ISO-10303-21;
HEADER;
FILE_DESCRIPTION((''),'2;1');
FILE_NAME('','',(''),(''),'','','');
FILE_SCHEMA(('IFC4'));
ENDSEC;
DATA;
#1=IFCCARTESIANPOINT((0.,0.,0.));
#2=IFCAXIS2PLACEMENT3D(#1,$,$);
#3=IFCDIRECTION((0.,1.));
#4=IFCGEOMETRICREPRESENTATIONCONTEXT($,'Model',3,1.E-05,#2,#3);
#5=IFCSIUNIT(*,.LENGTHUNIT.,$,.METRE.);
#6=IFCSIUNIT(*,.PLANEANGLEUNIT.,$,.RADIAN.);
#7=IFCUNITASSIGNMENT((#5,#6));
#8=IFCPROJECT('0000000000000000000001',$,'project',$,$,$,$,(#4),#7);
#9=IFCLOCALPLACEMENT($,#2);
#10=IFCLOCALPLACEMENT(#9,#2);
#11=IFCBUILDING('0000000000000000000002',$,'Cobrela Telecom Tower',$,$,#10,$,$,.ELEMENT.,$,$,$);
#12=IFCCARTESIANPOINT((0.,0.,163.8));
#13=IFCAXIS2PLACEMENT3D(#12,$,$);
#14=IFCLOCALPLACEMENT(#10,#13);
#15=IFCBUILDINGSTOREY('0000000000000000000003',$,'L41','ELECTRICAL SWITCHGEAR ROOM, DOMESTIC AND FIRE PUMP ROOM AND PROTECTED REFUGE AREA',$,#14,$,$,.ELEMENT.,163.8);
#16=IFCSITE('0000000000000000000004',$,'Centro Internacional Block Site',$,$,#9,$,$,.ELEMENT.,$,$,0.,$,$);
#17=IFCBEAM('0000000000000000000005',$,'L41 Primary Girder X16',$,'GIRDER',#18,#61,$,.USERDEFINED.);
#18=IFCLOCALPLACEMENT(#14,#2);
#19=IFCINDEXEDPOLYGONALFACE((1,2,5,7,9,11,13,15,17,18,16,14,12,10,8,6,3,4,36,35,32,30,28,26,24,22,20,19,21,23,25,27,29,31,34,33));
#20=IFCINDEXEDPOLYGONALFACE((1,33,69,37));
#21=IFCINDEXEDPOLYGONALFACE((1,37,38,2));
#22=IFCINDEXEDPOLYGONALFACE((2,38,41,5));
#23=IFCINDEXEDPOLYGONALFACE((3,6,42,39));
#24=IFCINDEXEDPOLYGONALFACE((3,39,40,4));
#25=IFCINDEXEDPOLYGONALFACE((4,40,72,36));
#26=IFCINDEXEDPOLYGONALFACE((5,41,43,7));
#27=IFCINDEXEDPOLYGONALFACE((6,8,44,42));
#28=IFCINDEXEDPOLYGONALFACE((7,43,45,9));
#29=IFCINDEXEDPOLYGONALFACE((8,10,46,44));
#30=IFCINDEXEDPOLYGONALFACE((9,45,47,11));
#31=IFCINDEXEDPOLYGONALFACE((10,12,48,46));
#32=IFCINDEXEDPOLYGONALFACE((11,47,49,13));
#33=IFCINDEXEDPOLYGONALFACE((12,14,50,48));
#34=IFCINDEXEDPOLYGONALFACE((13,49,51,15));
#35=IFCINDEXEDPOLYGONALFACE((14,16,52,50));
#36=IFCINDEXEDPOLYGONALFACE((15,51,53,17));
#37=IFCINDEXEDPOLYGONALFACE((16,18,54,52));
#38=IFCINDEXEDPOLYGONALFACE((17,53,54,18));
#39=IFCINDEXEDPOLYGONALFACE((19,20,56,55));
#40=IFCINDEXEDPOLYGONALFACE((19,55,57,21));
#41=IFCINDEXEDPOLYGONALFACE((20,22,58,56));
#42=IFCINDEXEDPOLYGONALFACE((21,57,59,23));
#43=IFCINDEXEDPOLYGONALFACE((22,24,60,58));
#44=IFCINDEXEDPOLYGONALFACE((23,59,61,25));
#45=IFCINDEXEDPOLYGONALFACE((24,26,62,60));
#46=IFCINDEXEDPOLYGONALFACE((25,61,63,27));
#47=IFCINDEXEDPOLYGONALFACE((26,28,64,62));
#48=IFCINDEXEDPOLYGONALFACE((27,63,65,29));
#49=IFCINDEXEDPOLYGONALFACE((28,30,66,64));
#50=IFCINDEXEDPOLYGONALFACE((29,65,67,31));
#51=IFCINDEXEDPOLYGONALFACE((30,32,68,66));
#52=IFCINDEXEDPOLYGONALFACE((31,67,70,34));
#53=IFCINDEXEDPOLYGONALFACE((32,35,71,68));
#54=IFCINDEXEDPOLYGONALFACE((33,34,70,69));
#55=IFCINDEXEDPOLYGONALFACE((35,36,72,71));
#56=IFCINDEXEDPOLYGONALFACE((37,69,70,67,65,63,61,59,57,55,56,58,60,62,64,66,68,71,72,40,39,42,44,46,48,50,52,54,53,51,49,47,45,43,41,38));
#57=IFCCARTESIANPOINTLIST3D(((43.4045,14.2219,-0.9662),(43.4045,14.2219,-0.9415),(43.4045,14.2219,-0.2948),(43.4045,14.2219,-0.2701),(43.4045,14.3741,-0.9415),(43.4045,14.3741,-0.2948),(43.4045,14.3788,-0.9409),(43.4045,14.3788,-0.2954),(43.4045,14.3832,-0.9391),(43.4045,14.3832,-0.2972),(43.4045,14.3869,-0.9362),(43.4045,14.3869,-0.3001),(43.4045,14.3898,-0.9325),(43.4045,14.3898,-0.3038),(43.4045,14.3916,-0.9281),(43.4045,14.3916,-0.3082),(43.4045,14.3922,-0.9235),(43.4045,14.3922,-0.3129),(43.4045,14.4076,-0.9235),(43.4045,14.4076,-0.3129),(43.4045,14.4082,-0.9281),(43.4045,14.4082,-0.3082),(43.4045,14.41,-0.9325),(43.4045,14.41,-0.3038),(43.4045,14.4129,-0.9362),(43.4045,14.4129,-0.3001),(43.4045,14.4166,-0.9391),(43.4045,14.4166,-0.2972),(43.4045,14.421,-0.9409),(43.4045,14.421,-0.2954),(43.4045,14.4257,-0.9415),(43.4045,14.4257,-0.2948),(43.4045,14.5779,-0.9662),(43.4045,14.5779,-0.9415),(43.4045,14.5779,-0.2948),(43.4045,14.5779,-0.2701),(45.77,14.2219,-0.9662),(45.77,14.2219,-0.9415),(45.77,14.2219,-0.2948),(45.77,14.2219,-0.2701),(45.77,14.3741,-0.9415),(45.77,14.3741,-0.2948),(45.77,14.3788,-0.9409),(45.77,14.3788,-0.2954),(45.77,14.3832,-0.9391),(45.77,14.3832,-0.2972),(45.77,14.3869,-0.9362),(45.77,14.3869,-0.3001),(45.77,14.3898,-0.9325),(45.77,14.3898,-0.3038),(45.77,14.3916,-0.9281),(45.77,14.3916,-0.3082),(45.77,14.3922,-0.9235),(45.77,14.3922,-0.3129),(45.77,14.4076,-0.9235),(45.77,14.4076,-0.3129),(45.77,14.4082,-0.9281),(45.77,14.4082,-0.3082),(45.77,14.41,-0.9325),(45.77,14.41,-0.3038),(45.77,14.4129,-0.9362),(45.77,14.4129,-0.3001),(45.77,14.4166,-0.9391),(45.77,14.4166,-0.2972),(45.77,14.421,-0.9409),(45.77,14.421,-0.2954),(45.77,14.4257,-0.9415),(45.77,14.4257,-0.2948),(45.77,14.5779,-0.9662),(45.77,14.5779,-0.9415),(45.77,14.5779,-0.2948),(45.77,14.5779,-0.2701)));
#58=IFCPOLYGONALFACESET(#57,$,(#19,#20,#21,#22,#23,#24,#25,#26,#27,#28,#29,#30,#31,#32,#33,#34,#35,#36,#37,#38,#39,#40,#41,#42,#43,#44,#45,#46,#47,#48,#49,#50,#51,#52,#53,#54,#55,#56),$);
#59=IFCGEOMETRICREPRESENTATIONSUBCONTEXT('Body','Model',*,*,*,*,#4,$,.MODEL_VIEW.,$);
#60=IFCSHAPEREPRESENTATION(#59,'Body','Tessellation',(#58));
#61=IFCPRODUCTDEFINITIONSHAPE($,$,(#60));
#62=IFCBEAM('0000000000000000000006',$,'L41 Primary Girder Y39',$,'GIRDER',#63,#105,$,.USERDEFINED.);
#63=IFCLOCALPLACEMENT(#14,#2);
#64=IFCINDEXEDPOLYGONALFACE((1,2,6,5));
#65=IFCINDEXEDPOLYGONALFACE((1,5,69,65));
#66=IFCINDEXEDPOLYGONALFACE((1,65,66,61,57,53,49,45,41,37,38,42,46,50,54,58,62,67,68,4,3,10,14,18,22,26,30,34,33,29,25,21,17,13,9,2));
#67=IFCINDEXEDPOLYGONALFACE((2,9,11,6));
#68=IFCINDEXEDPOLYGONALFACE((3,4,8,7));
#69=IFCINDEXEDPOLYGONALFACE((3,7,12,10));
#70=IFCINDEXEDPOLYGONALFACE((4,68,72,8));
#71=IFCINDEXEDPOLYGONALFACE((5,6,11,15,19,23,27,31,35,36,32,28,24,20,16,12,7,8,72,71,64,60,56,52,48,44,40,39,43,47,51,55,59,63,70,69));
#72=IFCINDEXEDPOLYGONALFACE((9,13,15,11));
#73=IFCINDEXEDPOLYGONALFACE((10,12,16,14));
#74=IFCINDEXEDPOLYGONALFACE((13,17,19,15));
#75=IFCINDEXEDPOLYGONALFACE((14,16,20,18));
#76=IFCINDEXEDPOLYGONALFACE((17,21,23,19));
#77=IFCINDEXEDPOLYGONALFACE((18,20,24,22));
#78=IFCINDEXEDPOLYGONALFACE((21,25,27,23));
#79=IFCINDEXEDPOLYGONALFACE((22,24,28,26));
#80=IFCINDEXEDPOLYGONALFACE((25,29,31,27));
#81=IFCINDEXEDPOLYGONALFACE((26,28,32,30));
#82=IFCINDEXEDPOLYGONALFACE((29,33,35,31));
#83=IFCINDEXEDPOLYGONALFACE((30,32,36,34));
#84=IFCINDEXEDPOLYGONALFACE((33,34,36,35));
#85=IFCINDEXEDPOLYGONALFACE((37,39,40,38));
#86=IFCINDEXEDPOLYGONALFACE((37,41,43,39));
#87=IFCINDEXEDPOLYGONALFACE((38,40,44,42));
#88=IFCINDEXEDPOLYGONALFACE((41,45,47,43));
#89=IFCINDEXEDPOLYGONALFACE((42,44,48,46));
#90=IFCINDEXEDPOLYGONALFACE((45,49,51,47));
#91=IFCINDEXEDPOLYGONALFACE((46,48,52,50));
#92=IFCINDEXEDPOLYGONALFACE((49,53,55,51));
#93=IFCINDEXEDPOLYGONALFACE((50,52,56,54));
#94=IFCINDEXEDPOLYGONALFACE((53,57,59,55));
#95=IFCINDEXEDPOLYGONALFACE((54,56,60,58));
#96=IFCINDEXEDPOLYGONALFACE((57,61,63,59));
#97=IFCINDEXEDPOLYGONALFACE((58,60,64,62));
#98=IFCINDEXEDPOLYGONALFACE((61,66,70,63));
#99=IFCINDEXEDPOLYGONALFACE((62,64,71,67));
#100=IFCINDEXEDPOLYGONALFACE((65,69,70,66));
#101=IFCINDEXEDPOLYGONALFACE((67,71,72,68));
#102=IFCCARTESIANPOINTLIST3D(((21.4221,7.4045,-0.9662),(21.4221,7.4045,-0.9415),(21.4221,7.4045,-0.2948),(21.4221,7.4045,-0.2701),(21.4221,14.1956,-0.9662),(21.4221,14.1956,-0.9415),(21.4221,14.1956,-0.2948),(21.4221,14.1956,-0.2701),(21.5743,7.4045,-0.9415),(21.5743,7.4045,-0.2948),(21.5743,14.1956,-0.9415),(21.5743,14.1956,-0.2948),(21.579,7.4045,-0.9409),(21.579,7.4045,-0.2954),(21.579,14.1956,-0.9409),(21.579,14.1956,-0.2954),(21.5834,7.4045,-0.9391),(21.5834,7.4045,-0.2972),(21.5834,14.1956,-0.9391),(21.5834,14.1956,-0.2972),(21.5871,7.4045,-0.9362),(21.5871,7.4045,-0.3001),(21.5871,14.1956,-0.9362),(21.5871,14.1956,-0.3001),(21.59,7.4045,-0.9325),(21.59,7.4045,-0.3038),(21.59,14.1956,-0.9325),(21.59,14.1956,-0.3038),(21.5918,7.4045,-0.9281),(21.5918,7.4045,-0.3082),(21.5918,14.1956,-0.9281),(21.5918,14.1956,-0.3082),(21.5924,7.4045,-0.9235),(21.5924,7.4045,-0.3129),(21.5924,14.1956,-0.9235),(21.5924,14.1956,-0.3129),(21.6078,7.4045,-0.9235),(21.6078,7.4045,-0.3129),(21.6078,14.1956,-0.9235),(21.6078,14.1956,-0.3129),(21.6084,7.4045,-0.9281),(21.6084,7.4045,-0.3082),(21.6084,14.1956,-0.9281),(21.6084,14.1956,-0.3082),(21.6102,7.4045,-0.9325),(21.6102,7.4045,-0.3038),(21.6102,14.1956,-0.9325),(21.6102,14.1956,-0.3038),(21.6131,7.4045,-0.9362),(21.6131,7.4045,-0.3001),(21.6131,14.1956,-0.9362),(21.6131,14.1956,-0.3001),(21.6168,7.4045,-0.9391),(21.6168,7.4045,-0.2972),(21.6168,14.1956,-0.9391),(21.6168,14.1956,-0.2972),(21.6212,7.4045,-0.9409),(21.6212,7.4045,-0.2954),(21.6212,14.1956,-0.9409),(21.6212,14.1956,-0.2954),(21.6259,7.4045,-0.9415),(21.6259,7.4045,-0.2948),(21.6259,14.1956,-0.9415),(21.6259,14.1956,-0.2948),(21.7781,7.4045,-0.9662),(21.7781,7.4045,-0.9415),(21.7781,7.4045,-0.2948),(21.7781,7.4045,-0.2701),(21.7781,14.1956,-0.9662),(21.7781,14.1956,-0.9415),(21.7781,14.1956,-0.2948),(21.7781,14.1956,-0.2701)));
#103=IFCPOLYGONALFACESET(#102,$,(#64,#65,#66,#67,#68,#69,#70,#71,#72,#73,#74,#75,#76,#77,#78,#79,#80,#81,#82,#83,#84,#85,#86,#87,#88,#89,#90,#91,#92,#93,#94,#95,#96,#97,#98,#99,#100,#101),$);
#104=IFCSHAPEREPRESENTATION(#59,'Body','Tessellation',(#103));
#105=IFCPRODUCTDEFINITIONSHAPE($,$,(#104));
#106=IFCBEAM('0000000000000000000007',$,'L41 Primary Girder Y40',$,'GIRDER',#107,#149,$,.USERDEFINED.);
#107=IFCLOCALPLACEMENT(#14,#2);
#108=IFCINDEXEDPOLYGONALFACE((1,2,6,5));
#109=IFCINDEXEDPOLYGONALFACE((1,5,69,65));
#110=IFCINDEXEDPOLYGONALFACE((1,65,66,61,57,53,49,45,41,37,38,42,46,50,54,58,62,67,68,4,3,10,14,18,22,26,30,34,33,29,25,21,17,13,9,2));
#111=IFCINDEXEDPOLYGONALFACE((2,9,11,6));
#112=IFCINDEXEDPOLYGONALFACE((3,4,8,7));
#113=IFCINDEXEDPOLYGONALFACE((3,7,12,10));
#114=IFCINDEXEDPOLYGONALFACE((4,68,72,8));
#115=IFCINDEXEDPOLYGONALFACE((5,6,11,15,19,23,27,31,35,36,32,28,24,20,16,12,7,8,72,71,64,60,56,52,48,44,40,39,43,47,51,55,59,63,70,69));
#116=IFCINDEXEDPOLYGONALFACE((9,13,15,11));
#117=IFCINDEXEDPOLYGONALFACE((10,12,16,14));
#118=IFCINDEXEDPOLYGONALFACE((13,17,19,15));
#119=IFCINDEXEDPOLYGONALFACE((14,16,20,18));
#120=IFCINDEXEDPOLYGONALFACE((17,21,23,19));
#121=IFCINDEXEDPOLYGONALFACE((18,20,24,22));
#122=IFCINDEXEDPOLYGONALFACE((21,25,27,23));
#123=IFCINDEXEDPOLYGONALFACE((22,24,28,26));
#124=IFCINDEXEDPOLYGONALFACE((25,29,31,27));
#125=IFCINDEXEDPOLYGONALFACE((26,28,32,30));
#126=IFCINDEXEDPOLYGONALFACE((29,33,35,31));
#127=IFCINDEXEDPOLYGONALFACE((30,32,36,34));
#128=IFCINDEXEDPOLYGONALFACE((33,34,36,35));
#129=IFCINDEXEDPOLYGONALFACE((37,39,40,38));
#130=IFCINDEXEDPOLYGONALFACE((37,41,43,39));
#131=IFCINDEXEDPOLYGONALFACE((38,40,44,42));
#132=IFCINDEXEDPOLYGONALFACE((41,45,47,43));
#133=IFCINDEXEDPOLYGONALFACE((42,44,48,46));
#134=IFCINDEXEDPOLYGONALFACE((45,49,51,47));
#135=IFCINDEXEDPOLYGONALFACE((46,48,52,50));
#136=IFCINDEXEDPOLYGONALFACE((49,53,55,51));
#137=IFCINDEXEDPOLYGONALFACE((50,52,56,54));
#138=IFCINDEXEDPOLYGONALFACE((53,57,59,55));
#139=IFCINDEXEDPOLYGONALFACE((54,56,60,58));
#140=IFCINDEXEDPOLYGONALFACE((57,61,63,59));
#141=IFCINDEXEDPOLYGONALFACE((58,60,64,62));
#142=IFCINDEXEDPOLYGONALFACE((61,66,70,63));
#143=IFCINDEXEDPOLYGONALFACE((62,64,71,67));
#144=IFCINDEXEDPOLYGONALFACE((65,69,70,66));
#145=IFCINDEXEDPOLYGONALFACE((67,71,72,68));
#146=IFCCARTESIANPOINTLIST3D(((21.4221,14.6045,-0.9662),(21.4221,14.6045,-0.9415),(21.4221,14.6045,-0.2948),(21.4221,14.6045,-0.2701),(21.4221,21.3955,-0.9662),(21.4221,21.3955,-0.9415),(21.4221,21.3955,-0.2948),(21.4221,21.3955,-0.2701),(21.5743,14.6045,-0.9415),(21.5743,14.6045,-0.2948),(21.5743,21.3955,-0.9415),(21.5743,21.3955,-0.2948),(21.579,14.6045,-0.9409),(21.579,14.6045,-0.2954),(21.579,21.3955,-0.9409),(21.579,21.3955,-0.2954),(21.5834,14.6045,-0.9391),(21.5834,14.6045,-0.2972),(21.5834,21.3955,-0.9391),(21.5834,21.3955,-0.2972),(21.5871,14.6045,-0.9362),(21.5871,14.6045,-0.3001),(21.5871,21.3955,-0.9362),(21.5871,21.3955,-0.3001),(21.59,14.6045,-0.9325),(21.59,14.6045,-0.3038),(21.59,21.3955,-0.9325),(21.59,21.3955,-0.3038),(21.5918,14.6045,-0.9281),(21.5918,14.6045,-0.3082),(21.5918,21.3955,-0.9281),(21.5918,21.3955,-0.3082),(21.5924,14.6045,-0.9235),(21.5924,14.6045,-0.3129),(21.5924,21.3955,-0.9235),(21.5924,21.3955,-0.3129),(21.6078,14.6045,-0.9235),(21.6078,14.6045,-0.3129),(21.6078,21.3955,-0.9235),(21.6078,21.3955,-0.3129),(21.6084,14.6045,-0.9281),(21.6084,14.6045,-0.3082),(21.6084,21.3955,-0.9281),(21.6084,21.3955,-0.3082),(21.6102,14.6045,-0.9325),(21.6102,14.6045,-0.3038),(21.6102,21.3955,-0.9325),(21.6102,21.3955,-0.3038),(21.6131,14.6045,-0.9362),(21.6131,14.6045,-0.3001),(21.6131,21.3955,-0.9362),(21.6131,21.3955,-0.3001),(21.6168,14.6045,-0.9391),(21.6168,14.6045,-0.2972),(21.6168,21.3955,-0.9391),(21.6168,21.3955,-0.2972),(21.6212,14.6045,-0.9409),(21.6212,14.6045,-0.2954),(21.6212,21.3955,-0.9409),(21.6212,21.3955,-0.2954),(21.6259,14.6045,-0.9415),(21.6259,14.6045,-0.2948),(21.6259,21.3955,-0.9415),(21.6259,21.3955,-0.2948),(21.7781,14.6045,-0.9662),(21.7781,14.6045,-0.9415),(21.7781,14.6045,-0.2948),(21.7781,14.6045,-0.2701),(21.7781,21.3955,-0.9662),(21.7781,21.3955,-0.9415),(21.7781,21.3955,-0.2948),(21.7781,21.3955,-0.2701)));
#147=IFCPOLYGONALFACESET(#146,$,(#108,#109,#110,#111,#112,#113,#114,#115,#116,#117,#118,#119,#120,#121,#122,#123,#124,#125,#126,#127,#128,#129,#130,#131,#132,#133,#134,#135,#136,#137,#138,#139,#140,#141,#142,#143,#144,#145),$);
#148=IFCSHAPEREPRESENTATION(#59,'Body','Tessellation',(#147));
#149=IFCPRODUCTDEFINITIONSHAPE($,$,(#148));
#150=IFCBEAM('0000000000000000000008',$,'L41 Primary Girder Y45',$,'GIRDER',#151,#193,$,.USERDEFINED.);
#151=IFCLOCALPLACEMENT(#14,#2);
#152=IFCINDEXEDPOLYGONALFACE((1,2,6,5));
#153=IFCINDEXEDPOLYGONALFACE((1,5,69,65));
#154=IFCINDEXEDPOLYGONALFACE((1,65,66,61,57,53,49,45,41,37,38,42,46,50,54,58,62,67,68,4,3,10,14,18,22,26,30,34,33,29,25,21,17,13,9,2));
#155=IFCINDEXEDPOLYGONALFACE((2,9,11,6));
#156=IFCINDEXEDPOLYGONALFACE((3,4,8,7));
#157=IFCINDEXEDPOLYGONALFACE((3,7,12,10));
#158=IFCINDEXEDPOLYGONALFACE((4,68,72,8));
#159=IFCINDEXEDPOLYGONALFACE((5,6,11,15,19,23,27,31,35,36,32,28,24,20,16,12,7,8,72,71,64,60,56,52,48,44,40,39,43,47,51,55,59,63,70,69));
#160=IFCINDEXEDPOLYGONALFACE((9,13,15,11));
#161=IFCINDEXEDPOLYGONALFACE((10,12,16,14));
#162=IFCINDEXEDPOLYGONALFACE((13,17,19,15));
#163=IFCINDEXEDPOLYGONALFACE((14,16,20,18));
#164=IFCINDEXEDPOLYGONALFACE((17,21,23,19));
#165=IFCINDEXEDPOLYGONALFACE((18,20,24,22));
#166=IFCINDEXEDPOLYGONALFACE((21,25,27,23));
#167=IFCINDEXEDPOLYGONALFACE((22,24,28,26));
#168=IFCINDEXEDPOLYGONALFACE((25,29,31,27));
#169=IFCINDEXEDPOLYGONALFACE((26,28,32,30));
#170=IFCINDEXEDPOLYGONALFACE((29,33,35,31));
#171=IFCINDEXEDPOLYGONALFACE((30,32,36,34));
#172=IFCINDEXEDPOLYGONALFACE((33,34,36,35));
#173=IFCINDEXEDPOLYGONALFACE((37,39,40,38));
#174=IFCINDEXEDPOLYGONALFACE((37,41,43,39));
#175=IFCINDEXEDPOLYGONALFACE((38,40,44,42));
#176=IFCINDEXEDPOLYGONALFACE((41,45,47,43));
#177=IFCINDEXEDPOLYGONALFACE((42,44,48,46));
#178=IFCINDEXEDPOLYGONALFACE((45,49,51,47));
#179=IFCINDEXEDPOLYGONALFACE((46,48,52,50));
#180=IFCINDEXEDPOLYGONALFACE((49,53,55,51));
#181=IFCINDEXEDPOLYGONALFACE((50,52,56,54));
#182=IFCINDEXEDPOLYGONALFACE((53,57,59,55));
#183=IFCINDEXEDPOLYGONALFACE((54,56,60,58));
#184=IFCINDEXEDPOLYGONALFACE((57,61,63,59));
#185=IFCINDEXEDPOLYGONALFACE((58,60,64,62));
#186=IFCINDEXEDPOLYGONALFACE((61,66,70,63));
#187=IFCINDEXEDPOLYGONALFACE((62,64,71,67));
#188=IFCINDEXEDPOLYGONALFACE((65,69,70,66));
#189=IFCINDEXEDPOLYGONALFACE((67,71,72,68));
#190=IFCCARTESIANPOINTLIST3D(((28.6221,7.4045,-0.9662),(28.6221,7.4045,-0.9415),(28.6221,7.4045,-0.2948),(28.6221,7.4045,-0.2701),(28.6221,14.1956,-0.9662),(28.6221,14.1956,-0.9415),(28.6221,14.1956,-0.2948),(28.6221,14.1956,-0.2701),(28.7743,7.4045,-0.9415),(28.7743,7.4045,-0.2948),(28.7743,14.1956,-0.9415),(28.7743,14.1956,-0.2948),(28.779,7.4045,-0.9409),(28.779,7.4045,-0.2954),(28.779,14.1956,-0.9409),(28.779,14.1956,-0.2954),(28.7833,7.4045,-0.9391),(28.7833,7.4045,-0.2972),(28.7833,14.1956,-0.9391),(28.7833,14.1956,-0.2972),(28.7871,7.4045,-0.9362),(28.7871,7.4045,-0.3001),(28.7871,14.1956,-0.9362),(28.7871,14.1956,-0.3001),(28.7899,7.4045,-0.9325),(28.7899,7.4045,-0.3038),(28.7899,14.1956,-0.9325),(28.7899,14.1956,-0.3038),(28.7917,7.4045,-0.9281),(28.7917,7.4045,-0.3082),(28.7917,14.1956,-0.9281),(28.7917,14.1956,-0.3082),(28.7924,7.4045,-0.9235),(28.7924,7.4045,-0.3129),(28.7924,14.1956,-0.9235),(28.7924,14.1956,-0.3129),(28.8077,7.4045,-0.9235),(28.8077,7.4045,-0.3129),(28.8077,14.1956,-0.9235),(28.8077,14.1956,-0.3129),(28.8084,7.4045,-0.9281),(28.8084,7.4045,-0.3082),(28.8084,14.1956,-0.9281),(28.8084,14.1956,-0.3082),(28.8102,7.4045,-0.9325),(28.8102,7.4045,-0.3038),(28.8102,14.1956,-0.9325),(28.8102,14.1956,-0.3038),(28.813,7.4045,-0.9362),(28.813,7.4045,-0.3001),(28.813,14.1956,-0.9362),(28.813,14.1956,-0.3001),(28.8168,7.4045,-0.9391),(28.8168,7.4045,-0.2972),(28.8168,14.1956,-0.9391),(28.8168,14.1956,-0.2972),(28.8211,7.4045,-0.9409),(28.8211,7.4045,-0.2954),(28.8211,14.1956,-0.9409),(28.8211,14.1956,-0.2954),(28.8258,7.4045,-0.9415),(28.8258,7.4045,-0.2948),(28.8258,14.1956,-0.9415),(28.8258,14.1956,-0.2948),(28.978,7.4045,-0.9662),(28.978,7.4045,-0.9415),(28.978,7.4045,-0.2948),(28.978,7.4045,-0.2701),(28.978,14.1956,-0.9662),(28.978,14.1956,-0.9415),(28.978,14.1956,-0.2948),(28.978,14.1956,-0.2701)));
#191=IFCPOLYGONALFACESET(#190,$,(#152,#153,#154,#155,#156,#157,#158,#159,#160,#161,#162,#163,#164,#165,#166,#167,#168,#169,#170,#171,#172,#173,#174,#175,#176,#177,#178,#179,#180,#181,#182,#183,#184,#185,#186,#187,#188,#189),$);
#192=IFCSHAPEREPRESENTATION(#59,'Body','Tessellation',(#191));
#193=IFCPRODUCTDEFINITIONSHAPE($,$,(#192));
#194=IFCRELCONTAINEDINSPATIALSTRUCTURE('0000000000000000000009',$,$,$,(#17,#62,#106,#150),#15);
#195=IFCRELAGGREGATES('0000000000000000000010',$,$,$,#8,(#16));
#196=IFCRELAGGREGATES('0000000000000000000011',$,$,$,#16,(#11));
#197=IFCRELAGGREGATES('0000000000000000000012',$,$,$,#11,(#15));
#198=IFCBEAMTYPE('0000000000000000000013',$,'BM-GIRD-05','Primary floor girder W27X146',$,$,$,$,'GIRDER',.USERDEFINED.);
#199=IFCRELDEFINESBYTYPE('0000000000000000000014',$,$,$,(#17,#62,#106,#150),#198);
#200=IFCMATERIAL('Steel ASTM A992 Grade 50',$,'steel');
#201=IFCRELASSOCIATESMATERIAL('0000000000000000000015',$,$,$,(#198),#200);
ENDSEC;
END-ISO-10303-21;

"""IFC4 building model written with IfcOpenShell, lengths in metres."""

from ifc_helpers import new_model, si_unit, direction, frame, origin, origin_2d, place, context, subcontext, project, spatial, i_section, extrude, material, material_profile, profile_set, type_object, element, save


model = new_model("IFC4")

# Units and contexts
model_context = context("Model", 3, precision=1e-05, world=origin(), true_north=direction((0.0, 1.0)))
body_context = subcontext(model_context, "Body", "Model", "MODEL_VIEW")
ifc_project = project(units=[si_unit("LENGTHUNIT", "METRE"), si_unit("PLANEANGLEUNIT", "RADIAN")], contexts=[model_context])

# Site, building, storey
site_placement = place(None, origin())
site = spatial("IfcSite", under=ifc_project, at=site_placement, Name="Centro Internacional Block Site", CompositionType="ELEMENT", RefElevation=0.0)
building_placement = place(site_placement, origin())
building = spatial("IfcBuilding", under=site, at=building_placement, Name="Cobrela Telecom Tower", CompositionType="ELEMENT")
storey_placement = place(building_placement, frame((0.0, 0.0, 163.8)))
storey = spatial("IfcBuildingStorey", under=building, at=storey_placement, Name="L41", Description="ELECTRICAL SWITCHGEAR ROOM, DOMESTIC AND FIRE PUMP ROOM AND PROTECTED REFUGE AREA", CompositionType="ELEMENT", Elevation=163.8)

# Shared definitions
ifc_material_1 = material(Name="Steel ASTM A992 Grade 50", Category="steel")

# Beams
ifc_material_profile_1 = material_profile(ifc_material_1, i_section(OverallWidth=0.356, OverallDepth=0.696, WebThickness=0.0154, FlangeThickness=0.0247, FilletRadius=0.0181, at=origin_2d()), Name="W27X146")
ifc_profile_set_1 = profile_set([ifc_material_profile_1], Name="Steel ASTM A992 Grade 50")
beam_type_1 = type_object("IfcBeamType", Name="BM-GIRD-05", Description="Primary floor girder W27X146", ElementType="GIRDER", PredefinedType="USERDEFINED", material=ifc_profile_set_1)
beam_1_placement = place(storey_placement, frame((43.4045, 14.3999, -0.6182), z_axis=(1.0, 0.0, 0.0), x_axis=(0.0, 1.0, 0.0)))
element("IfcBeam", 1, at=beam_1_placement, inside=storey, type_object=beam_type_1, Name="L41 Primary Girder X16", ObjectType="GIRDER", PredefinedType="USERDEFINED", context=body_context, shape_type="SweptSolid", body=[
    extrude(i_section(OverallWidth=0.356, OverallDepth=0.696, WebThickness=0.0154, FlangeThickness=0.0247, FilletRadius=0.0181, at=origin_2d()), origin(), (0.0, 0.0, 1.0), 2.3655),
])
for number, where, z_axis, x_axis, name in (
    (2, (21.6001, 7.4045, -0.6182), (0.0, 1.0, 0.0), (-1.0, 0.0, 0.0), "L41 Primary Girder Y39"),
    (3, (21.6001, 14.6045, -0.6182), (0.0, 1.0, 0.0), (-1.0, 0.0, 0.0), "L41 Primary Girder Y40"),
    (4, (28.8, 7.4045, -0.6182), (0.0, 1.0, 0.0), (-1.0, 0.0, 0.0), "L41 Primary Girder Y45"),
):
    element("IfcBeam", number, at=place(storey_placement, frame(where, z_axis=z_axis, x_axis=x_axis)), inside=storey, type_object=beam_type_1, Name=name, ObjectType="GIRDER", PredefinedType="USERDEFINED", context=body_context, shape_type="SweptSolid", body=[
        extrude(i_section(OverallWidth=0.356, OverallDepth=0.696, WebThickness=0.0154, FlangeThickness=0.0247, FilletRadius=0.0181, at=origin_2d()), origin(), (0.0, 0.0, 1.0), 6.791),
    ])

save(model, "model.ifc")
